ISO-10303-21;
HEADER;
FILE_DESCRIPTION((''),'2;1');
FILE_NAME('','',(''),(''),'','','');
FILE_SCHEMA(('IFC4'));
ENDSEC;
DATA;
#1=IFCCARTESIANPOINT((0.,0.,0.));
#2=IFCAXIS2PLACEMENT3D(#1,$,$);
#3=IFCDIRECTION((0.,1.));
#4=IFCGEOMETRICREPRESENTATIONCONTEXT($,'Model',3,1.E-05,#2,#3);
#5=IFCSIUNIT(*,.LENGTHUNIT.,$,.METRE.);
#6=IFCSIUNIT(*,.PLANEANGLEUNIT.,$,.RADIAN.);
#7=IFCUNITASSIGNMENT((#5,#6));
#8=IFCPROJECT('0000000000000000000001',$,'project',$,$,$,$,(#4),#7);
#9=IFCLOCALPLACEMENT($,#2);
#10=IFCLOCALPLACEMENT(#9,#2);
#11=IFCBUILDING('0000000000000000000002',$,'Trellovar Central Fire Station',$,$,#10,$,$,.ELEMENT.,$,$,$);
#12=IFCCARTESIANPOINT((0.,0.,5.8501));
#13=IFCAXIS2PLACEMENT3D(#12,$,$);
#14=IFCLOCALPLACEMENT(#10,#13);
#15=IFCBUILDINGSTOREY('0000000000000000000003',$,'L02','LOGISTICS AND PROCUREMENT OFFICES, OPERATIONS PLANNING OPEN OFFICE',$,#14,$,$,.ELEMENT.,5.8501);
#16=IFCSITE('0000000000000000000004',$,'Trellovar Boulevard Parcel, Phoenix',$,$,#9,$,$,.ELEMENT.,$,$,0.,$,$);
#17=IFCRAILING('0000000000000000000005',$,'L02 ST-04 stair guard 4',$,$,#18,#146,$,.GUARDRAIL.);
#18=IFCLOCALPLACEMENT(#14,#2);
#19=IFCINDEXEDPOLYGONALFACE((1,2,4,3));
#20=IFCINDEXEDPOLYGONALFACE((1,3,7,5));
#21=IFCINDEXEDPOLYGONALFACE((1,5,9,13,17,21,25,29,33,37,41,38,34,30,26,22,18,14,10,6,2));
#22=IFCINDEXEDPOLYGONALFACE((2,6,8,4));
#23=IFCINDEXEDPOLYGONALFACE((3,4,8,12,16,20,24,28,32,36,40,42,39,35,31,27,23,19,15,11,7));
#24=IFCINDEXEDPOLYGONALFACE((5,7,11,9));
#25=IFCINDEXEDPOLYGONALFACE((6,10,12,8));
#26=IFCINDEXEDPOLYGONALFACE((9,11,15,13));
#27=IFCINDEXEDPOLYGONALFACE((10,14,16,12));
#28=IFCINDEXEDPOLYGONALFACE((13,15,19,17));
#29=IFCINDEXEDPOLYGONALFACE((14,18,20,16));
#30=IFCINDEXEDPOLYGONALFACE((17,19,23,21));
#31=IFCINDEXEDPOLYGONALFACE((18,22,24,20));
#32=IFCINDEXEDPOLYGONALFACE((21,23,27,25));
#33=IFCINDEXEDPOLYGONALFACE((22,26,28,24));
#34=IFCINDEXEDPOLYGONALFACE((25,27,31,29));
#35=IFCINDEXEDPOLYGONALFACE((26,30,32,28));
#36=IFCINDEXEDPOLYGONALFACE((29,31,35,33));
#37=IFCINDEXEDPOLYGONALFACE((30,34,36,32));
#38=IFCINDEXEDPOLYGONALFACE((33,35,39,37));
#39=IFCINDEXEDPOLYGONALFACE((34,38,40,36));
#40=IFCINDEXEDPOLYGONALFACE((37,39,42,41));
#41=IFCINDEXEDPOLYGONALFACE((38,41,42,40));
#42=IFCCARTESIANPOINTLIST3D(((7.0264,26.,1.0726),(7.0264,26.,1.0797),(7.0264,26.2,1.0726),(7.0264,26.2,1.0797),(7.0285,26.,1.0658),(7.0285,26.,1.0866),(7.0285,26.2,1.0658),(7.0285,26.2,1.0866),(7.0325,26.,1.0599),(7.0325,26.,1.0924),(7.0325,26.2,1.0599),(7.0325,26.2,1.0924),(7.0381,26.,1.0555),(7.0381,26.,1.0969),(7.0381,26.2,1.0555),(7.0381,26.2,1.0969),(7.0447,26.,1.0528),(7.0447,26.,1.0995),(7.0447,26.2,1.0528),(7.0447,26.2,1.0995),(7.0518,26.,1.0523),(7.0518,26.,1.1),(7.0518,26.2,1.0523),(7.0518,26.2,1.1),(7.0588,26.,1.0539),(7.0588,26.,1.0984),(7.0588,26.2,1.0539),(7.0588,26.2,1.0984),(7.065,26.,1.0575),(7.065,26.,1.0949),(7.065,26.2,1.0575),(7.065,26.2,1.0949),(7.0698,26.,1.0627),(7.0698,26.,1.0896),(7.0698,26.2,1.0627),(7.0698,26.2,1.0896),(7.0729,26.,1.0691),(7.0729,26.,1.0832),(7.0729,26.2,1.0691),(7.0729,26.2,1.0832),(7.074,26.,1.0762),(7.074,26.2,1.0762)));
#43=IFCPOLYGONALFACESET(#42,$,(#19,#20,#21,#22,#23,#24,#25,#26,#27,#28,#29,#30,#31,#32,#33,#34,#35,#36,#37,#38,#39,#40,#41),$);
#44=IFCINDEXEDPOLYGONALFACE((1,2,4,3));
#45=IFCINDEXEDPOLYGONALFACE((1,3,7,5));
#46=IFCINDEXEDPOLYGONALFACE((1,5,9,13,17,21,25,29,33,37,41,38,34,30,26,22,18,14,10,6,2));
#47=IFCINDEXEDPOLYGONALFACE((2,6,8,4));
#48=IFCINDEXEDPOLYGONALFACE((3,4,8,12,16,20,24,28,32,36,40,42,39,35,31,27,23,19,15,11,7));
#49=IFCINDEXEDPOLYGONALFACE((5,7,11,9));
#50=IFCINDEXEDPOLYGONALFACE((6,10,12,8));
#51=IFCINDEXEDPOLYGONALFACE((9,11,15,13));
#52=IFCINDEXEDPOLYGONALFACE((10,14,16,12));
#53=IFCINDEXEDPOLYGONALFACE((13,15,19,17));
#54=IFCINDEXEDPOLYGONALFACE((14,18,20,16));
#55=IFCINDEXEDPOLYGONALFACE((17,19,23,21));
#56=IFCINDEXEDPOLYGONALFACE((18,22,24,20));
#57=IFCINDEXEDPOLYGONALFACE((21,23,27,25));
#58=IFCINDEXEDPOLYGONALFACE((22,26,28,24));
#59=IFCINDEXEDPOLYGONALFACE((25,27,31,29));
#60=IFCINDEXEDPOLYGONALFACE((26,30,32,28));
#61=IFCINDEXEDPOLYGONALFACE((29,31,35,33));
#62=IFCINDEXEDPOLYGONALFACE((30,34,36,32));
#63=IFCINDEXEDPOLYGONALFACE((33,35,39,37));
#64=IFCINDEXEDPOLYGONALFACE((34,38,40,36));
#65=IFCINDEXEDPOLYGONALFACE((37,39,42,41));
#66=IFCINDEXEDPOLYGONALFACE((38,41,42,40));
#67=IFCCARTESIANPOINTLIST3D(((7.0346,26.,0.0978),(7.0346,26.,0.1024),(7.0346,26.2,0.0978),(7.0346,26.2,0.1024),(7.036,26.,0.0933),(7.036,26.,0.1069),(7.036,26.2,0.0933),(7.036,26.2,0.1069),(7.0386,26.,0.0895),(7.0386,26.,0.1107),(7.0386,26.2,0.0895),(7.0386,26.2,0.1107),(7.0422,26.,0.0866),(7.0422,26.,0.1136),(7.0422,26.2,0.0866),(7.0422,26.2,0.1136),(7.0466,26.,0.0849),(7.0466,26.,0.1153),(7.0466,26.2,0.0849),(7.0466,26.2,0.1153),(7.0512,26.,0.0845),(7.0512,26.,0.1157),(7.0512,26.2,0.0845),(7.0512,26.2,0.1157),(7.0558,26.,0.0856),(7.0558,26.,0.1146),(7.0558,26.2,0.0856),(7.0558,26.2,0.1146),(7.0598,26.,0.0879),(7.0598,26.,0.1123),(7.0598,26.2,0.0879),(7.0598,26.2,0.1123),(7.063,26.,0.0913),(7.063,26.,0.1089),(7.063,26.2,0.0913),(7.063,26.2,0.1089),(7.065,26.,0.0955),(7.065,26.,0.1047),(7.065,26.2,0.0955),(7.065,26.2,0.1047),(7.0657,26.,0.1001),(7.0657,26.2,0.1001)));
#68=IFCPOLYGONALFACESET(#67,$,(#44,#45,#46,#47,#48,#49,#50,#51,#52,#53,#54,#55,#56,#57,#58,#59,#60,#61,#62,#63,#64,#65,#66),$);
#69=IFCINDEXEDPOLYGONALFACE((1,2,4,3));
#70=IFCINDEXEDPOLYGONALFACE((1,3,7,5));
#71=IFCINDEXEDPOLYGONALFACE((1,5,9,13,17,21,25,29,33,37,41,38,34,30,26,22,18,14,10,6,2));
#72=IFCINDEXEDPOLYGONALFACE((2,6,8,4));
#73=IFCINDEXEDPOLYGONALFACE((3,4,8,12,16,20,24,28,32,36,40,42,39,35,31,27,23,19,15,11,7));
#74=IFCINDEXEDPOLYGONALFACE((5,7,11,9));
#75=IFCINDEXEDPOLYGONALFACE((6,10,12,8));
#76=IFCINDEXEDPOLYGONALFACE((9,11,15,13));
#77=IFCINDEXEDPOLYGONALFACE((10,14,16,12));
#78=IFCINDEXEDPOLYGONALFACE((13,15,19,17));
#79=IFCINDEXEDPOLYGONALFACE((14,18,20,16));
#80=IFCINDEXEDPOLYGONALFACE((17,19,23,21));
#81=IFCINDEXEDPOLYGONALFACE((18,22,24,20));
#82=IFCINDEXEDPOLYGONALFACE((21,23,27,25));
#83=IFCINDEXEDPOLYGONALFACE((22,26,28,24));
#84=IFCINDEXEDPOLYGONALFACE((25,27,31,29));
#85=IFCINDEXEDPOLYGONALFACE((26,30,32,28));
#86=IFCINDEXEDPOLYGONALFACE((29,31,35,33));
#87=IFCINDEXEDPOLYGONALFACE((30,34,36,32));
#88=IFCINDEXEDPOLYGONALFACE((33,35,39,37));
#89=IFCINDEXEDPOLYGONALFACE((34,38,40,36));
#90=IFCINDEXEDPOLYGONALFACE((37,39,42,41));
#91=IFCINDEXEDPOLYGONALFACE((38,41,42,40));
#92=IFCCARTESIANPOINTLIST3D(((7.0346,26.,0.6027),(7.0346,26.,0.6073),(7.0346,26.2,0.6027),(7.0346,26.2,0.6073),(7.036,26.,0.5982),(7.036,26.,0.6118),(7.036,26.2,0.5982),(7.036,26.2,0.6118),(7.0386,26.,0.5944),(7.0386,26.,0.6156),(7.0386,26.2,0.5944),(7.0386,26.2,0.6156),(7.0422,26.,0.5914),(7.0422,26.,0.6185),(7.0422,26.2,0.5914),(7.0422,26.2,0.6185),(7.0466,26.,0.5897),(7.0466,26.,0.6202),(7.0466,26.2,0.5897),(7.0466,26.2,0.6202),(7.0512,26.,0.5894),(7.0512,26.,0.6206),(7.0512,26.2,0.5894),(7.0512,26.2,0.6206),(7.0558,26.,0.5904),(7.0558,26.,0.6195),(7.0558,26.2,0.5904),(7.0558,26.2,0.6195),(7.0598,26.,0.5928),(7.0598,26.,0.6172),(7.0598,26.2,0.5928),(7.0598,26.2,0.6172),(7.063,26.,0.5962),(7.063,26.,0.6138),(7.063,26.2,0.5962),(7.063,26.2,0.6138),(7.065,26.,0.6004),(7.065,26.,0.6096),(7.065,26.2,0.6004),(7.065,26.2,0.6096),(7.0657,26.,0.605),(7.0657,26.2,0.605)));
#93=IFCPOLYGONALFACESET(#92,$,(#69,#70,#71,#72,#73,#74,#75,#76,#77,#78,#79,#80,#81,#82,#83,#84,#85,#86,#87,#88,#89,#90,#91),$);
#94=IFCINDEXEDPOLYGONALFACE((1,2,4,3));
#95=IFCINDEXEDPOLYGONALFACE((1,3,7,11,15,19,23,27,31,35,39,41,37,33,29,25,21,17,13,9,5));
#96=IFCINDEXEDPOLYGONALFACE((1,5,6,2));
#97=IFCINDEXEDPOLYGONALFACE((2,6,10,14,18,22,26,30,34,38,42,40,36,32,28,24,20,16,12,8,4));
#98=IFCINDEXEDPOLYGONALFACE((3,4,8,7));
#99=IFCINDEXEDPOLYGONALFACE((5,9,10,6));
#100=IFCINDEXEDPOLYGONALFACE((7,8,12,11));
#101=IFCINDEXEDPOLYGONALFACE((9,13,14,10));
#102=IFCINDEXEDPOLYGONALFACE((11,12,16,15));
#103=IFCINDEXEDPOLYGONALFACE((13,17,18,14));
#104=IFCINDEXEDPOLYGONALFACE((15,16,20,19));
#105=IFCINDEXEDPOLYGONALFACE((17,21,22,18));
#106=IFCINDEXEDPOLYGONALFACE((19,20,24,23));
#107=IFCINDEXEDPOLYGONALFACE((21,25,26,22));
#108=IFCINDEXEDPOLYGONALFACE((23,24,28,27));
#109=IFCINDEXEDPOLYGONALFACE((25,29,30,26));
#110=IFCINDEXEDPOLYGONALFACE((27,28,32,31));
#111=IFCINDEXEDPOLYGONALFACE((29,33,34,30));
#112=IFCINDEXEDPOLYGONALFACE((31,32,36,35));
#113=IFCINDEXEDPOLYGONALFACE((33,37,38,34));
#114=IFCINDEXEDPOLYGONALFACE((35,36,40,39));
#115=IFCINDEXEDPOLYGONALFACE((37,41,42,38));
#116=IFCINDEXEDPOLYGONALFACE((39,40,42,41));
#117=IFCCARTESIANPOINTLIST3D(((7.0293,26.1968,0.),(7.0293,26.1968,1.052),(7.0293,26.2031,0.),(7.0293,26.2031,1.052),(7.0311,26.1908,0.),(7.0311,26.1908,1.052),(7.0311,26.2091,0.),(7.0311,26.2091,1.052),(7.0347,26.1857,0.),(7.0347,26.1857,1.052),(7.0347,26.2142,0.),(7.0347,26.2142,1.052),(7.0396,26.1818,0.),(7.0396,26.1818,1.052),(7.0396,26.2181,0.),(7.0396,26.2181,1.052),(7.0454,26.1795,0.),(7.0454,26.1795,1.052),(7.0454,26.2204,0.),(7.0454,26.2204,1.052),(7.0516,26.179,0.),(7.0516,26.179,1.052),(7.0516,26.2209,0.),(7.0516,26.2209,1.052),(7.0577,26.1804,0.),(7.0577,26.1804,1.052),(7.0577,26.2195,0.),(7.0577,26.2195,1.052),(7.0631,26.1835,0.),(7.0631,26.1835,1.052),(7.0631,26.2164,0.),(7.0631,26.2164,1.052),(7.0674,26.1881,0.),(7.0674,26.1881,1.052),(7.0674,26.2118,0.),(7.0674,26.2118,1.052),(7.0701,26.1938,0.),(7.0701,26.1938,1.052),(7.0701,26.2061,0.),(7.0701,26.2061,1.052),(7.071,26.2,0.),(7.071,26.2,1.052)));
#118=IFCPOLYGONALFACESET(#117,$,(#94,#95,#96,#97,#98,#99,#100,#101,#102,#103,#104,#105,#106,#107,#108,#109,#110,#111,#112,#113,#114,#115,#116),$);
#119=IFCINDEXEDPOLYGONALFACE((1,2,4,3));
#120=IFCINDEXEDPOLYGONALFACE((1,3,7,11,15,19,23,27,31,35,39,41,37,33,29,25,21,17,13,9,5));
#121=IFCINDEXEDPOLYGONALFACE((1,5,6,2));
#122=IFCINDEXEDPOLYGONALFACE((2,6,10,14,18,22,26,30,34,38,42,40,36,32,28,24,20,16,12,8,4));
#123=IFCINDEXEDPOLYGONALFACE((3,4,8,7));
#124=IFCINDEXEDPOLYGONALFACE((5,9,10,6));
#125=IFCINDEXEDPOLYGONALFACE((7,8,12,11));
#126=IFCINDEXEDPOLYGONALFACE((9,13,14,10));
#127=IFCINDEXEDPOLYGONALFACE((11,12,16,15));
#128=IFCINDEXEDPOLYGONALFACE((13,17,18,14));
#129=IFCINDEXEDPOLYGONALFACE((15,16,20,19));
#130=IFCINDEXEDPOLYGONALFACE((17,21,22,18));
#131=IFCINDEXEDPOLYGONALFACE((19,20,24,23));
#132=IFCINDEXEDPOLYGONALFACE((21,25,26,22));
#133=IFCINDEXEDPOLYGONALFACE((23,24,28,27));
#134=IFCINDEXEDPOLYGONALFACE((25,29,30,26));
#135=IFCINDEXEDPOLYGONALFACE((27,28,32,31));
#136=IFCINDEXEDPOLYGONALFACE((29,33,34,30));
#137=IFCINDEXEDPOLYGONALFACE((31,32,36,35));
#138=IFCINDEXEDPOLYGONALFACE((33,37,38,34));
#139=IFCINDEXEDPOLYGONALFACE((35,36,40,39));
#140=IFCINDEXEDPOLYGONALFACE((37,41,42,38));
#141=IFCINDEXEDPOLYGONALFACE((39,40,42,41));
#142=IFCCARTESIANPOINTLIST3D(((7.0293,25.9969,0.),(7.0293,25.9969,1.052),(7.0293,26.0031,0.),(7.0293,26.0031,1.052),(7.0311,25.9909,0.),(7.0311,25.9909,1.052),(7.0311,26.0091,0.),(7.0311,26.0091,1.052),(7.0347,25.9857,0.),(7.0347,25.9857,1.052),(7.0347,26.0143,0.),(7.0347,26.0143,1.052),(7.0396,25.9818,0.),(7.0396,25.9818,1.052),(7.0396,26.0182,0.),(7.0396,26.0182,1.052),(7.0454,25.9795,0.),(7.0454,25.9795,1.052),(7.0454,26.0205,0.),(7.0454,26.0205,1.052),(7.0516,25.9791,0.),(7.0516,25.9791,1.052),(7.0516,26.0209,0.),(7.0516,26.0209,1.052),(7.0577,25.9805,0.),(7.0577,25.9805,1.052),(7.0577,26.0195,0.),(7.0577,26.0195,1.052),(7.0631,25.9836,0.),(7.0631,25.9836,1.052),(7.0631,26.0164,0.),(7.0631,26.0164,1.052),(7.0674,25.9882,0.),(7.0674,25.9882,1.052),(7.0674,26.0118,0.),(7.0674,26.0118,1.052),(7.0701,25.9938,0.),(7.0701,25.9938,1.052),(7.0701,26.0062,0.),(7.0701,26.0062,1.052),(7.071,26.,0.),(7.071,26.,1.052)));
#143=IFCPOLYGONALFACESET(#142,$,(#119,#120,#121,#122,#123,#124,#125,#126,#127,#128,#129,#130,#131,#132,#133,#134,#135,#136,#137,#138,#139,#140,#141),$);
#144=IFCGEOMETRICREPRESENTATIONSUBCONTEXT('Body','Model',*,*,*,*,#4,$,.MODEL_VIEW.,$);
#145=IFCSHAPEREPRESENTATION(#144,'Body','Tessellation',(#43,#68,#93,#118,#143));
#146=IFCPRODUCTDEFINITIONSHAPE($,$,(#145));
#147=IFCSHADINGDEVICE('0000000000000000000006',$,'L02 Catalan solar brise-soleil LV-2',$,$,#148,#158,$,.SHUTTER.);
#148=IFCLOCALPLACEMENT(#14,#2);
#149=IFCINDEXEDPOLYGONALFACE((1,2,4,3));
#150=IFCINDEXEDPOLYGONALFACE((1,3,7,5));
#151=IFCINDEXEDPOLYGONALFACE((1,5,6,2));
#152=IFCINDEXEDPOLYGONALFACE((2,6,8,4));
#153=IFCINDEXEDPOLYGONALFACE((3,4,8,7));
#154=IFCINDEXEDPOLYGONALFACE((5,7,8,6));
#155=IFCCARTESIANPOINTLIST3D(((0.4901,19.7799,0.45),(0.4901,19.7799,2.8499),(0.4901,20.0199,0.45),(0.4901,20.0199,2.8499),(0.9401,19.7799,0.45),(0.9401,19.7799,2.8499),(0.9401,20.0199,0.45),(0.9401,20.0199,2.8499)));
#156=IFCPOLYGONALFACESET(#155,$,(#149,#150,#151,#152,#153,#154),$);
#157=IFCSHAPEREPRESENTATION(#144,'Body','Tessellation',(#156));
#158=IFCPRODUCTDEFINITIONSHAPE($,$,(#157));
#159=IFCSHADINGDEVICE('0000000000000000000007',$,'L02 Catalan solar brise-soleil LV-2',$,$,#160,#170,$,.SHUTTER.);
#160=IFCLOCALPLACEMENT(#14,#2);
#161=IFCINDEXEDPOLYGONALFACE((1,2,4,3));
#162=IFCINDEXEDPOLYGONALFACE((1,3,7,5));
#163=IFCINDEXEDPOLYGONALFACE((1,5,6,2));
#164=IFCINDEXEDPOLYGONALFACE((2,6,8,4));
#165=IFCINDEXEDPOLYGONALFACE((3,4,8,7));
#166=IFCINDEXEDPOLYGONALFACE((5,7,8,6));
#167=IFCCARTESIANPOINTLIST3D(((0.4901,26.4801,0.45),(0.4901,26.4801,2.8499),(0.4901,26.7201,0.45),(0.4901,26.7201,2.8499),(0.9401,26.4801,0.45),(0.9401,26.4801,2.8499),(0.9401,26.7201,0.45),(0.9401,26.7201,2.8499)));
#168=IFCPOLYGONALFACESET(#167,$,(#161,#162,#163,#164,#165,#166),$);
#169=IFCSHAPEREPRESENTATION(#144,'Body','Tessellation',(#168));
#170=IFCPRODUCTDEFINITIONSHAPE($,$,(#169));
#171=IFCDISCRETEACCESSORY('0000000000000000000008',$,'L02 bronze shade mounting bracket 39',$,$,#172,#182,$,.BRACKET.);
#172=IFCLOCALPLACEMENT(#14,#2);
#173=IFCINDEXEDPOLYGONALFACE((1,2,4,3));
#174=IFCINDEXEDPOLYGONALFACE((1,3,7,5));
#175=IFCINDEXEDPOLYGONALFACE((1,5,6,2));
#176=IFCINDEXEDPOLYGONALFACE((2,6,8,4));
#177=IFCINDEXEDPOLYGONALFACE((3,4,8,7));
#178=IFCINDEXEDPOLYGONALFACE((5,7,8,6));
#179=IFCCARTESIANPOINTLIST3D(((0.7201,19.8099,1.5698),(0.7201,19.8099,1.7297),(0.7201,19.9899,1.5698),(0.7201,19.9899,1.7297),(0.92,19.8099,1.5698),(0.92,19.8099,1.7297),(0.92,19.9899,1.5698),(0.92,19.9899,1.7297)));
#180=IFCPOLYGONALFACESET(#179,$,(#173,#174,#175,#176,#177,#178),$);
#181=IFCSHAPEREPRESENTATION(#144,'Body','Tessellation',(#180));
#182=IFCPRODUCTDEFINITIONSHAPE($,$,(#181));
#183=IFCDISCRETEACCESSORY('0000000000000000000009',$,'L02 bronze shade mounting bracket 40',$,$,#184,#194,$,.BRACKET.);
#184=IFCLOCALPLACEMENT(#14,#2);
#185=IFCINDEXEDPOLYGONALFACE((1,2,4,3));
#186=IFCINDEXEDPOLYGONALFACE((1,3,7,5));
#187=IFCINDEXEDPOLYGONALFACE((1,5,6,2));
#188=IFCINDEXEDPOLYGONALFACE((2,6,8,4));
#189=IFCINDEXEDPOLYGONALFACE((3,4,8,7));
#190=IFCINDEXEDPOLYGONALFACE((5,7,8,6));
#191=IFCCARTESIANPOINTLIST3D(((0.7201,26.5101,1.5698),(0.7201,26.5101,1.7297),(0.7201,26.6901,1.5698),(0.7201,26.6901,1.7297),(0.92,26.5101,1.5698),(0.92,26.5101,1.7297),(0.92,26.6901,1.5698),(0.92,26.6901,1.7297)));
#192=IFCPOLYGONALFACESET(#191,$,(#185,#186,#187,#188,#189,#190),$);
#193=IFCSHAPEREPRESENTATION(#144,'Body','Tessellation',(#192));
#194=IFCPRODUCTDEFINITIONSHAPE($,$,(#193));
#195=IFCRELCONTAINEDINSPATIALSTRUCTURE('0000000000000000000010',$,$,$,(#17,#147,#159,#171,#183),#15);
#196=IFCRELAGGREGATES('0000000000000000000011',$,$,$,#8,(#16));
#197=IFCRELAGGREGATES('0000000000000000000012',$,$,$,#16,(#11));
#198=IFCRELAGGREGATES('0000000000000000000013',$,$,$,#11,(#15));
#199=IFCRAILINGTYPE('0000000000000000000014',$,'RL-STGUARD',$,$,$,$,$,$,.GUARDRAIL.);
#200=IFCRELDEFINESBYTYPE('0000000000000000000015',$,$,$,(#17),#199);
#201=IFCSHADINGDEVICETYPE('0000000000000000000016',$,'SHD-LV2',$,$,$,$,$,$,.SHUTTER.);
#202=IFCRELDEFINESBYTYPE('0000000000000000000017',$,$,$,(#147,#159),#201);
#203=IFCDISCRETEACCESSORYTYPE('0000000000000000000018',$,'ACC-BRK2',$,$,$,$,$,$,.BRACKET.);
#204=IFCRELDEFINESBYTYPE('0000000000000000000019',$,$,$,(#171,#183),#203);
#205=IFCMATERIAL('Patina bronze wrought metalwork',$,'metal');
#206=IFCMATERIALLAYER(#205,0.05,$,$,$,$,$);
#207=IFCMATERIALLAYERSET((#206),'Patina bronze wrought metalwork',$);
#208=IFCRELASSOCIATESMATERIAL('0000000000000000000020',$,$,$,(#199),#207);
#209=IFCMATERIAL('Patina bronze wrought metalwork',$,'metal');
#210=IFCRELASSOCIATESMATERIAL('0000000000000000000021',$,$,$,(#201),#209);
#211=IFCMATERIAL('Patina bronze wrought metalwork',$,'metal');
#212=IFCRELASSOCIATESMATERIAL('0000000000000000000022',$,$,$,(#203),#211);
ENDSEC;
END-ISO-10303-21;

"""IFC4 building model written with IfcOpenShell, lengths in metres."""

from ifc_helpers import new_model, si_unit, direction, frame, origin, origin_2d, place, context, subcontext, project, spatial, rectangle, circle, extrude, material, layer, layer_set, type_object, element, save


model = new_model("IFC4")

# Units and contexts
model_context = context("Model", 3, precision=1e-05, world=origin(), true_north=direction((0.0, 1.0)))
body_context = subcontext(model_context, "Body", "Model", "MODEL_VIEW")
ifc_project = project(units=[si_unit("LENGTHUNIT", "METRE"), si_unit("PLANEANGLEUNIT", "RADIAN")], contexts=[model_context])

# Site, building, storey
site_placement = place(None, origin())
site = spatial("IfcSite", under=ifc_project, at=site_placement, Name="Trellovar Boulevard Parcel, Phoenix", CompositionType="ELEMENT", RefElevation=0.0)
building_placement = place(site_placement, origin())
building = spatial("IfcBuilding", under=site, at=building_placement, Name="Trellovar Central Fire Station", CompositionType="ELEMENT")
storey_placement = place(building_placement, frame((0.0, 0.0, 5.8501)))
storey = spatial("IfcBuildingStorey", under=building, at=storey_placement, Name="L02", Description="LOGISTICS AND PROCUREMENT OFFICES, OPERATIONS PLANNING OPEN OFFICE", CompositionType="ELEMENT", Elevation=5.8501)

# Railing
ifc_material_1 = material(Name="Patina bronze wrought metalwork", Category="metal")
ifc_layer_1 = layer(ifc_material_1, 0.05)
ifc_layer_set_1 = layer_set([ifc_layer_1], Name="Patina bronze wrought metalwork")
railing_type_1 = type_object("IfcRailingType", Name="RL-STGUARD", PredefinedType="GUARDRAIL", material=ifc_layer_set_1)
railing_1_placement = place(storey_placement, frame((7.05, 26.2, 0.0)))
element("IfcRailing", 1, at=railing_1_placement, inside=storey, type_object=railing_type_1, Name="L02 ST-04 stair guard 4", PredefinedType="GUARDRAIL", context=body_context, shape_type="SweptSolid", body=[
    extrude(circle(Radius=0.0239, at=origin_2d()), frame((0.0, 0.0, 1.0762), z_axis=(0.0, -1.0, 0.0), x_axis=(1.0, 0.0, 0.0)), (0.0, 0.0, 1.0), 0.2),
    extrude(circle(Radius=0.0156, at=origin_2d()), frame((0.0, 0.0, 0.1001), z_axis=(0.0, -1.0, 0.0), x_axis=(1.0, 0.0, 0.0)), (0.0, 0.0, 1.0), 0.2),
    extrude(circle(Radius=0.0156, at=origin_2d()), frame((0.0, 0.0, 0.605), z_axis=(0.0, -1.0, 0.0), x_axis=(1.0, 0.0, 0.0)), (0.0, 0.0, 1.0), 0.2),
    extrude(circle(Radius=0.021, at=origin_2d()), origin(), (0.0, 0.0, 1.0), 1.052),
    extrude(circle(Radius=0.021, at=origin_2d()), frame((0.0, -0.2, 0.0)), (0.0, 0.0, 1.0), 1.052),
])

# Shading devices
ifc_material_2 = material(Name="Patina bronze wrought metalwork", Category="metal")
shading_device_type = type_object("IfcShadingDeviceType", Name="SHD-LV2", PredefinedType="SHUTTER", material=ifc_material_2)
for number, where, z_axis, x_axis, name in (
    (2, (0.7151, 19.8999, 0.45), (0.0, 0.0, 1.0), (1.0, 0.0, 0.0), "L02 Catalan solar brise-soleil LV-2"),
    (3, (0.7151, 26.6001, 0.45), (0.0, 0.0, 1.0), (1.0, 0.0, 0.0), "L02 Catalan solar brise-soleil LV-2"),
):
    element("IfcShadingDevice", number, at=place(storey_placement, frame(where, z_axis=z_axis, x_axis=x_axis)), inside=storey, type_object=shading_device_type, Name=name, PredefinedType="SHUTTER", context=body_context, shape_type="SweptSolid", body=[
        extrude(rectangle(XDim=0.45, YDim=0.24, at=origin_2d()), origin(), (0.0, 0.0, 1.0), 2.3999),
    ])

# Discrete accessories
ifc_material_3 = material(Name="Patina bronze wrought metalwork", Category="metal")
discrete_accessory_type = type_object("IfcDiscreteAccessoryType", Name="ACC-BRK2", PredefinedType="BRACKET", material=ifc_material_3)
for number, where, z_axis, x_axis, name in (
    (4, (0.8201, 19.8999, 1.5698), (0.0, 0.0, 1.0), (1.0, 0.0, 0.0), "L02 bronze shade mounting bracket 39"),
    (5, (0.8201, 26.6001, 1.5698), (0.0, 0.0, 1.0), (1.0, 0.0, 0.0), "L02 bronze shade mounting bracket 40"),
):
    element("IfcDiscreteAccessory", number, at=place(storey_placement, frame(where, z_axis=z_axis, x_axis=x_axis)), inside=storey, type_object=discrete_accessory_type, Name=name, PredefinedType="BRACKET", context=body_context, shape_type="SweptSolid", body=[
        extrude(rectangle(XDim=0.2, YDim=0.1799, at=origin_2d()), origin(), (0.0, 0.0, 1.0), 0.1599),
    ])

save(model, "model.ifc")
